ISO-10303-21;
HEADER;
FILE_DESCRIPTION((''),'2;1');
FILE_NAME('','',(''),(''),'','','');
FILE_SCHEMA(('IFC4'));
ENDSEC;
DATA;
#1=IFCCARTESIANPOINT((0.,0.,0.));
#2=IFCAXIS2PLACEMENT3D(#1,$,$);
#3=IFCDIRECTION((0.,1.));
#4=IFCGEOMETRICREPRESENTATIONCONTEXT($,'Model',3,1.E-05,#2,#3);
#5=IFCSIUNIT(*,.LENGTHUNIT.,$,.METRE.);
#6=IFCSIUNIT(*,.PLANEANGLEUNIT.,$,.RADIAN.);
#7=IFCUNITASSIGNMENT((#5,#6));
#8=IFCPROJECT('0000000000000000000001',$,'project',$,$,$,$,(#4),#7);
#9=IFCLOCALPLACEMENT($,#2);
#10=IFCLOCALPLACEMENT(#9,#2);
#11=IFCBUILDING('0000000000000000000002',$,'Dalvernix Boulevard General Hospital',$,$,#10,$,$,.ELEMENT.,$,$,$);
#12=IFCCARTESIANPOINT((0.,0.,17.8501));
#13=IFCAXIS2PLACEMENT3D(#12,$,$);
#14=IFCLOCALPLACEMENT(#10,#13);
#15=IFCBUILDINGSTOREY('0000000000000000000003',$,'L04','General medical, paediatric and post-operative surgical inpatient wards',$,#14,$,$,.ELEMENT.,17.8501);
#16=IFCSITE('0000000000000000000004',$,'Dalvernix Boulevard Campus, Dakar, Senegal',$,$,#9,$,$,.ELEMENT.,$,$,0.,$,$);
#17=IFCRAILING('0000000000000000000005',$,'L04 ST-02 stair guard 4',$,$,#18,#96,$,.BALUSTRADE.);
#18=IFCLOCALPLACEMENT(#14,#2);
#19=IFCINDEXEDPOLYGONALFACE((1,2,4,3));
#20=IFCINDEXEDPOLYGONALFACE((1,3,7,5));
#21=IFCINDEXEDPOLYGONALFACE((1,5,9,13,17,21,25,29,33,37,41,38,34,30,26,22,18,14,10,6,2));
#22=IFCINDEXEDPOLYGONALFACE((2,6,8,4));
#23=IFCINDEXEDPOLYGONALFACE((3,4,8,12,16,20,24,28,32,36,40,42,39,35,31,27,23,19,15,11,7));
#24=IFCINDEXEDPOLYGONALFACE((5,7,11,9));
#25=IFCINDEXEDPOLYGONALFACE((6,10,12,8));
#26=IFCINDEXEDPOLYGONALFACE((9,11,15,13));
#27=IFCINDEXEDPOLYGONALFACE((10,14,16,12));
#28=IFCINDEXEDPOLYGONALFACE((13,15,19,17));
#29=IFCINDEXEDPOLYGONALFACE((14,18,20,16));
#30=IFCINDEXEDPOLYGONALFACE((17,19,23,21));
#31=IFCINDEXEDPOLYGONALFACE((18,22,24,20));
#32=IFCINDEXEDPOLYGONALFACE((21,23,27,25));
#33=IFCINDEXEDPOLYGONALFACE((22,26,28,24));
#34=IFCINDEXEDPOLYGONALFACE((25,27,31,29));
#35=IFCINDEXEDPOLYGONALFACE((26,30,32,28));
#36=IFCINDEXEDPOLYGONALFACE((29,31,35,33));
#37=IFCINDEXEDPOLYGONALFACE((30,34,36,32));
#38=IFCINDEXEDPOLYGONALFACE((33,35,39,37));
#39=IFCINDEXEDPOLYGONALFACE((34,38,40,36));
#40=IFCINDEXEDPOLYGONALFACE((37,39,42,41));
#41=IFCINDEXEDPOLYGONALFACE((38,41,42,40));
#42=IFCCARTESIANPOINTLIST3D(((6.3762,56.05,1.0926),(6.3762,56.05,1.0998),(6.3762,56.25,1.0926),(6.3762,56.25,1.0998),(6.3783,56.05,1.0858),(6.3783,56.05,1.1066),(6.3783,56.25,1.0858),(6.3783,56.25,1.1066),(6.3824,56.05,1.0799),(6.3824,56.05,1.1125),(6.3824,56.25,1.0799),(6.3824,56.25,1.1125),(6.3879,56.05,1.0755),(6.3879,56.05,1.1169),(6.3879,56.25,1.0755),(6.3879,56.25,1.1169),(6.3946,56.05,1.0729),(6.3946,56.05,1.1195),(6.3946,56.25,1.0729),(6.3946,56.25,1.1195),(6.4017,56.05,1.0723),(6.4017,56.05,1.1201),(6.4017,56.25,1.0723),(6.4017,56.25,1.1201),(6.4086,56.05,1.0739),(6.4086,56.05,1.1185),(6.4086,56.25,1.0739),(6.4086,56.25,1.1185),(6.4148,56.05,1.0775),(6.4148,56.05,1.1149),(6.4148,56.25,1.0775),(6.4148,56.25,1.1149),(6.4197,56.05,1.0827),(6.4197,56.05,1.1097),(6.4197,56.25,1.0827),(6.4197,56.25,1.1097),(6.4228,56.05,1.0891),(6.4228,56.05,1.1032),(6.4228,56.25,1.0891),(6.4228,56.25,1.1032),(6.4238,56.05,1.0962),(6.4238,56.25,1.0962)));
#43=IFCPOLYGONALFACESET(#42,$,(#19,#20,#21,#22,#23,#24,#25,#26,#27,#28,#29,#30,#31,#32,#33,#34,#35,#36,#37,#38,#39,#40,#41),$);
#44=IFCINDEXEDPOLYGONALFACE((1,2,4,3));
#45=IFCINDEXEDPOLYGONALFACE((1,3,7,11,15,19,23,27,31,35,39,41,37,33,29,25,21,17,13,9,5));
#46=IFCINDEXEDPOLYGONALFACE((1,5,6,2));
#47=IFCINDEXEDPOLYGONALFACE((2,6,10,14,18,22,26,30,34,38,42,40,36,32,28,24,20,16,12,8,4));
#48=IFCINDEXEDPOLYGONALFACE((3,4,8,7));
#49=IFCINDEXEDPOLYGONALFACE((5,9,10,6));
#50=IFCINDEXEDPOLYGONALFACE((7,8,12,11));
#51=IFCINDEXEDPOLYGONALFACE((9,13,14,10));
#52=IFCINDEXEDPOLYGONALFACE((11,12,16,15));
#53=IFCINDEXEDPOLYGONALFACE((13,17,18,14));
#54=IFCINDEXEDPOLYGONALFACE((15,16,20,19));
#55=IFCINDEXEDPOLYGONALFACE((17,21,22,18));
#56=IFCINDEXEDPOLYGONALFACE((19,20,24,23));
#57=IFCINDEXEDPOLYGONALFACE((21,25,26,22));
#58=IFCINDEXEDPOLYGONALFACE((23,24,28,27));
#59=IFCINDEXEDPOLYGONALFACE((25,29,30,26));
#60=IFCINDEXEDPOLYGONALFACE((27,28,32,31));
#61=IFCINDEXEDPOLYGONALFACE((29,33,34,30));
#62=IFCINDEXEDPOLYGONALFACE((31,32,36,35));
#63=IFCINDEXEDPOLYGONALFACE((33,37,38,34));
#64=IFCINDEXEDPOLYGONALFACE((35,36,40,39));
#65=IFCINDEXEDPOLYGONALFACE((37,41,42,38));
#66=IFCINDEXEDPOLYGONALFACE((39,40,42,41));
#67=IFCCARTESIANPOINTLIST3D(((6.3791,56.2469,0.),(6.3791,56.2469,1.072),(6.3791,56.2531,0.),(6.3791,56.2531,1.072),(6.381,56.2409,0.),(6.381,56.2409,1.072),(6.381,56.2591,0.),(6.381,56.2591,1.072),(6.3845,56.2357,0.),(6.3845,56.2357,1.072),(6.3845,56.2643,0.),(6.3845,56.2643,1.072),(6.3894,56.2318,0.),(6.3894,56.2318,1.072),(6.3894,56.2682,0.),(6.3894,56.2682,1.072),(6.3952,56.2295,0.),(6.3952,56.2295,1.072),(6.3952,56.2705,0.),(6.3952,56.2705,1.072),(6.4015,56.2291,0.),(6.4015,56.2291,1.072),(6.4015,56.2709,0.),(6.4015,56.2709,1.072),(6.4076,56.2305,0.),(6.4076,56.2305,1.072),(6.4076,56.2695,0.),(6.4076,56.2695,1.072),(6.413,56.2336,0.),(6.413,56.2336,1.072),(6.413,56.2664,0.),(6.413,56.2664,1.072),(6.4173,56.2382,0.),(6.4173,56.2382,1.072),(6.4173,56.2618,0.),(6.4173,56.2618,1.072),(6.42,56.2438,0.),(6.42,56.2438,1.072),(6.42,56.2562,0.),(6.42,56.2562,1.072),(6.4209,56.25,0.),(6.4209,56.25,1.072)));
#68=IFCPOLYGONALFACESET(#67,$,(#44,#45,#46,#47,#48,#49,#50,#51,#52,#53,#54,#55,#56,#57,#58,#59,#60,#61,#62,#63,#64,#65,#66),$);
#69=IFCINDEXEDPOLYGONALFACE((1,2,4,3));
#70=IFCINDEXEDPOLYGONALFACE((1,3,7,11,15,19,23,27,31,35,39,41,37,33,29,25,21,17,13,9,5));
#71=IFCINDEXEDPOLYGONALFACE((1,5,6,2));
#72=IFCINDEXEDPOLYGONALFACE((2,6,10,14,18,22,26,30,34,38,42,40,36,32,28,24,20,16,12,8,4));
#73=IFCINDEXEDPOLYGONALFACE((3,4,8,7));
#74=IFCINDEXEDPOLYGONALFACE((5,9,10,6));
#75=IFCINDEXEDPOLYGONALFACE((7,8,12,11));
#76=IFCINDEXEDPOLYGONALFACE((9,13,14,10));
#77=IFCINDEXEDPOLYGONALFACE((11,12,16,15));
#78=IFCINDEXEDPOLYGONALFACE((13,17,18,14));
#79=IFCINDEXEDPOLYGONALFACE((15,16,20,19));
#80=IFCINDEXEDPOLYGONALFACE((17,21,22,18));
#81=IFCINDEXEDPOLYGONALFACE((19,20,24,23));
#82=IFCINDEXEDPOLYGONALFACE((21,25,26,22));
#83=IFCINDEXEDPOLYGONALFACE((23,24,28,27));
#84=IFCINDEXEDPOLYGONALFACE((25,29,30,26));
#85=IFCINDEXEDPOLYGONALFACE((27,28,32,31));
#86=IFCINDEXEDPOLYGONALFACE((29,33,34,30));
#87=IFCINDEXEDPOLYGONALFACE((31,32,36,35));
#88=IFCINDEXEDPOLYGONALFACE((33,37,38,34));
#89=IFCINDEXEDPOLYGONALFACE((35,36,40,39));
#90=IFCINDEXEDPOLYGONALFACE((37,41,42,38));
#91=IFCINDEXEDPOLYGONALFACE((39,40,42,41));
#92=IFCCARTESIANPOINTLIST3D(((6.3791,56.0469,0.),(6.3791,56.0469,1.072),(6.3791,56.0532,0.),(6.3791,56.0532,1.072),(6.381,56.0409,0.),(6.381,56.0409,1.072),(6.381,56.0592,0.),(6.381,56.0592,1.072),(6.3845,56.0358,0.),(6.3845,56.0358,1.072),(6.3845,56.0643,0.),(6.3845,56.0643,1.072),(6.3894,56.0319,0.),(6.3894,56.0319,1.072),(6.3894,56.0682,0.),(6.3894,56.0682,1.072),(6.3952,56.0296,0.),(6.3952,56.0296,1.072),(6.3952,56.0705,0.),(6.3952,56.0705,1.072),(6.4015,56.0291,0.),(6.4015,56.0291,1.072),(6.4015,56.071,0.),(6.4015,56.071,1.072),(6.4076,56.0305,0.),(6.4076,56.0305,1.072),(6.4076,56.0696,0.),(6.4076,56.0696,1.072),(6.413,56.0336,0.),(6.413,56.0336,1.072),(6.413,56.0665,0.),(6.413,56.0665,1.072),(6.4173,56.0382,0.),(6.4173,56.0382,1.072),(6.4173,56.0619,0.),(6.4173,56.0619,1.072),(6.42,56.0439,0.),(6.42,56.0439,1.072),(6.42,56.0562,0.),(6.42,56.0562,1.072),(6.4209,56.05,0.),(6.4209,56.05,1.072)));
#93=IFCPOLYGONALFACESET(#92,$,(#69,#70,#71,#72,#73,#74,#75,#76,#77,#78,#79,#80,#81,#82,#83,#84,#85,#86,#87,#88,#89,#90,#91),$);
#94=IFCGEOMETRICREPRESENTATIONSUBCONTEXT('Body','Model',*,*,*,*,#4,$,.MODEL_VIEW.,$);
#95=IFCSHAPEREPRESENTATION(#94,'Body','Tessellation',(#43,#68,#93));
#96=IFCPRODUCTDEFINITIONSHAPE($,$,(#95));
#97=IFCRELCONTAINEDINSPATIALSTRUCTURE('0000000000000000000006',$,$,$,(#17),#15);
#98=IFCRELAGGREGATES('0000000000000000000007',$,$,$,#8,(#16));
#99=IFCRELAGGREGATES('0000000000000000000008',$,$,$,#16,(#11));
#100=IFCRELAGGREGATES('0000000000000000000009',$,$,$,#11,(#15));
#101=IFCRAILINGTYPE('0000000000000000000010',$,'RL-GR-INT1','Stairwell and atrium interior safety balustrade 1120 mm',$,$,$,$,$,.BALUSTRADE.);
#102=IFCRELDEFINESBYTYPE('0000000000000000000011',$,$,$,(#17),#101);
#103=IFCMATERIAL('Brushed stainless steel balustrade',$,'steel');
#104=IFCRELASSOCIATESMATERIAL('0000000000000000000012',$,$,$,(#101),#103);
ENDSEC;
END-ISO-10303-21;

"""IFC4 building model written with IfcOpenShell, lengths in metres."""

from ifc_helpers import new_model, si_unit, direction, frame, origin, origin_2d, place, context, subcontext, project, spatial, circle, extrude, material, type_object, element, save


model = new_model("IFC4")

# Units and contexts
model_context = context("Model", 3, precision=1e-05, world=origin(), true_north=direction((0.0, 1.0)))
body_context = subcontext(model_context, "Body", "Model", "MODEL_VIEW")
ifc_project = project(units=[si_unit("LENGTHUNIT", "METRE"), si_unit("PLANEANGLEUNIT", "RADIAN")], contexts=[model_context])

# Site, building, storey
site_placement = place(None, origin())
site = spatial("IfcSite", under=ifc_project, at=site_placement, Name="Dalvernix Boulevard Campus, Dakar, Senegal", CompositionType="ELEMENT", RefElevation=0.0)
building_placement = place(site_placement, origin())
building = spatial("IfcBuilding", under=site, at=building_placement, Name="Dalvernix Boulevard General Hospital", CompositionType="ELEMENT")
storey_placement = place(building_placement, frame((0.0, 0.0, 17.8501)))
storey = spatial("IfcBuildingStorey", under=building, at=storey_placement, Name="L04", Description="General medical, paediatric and post-operative surgical inpatient wards", CompositionType="ELEMENT", Elevation=17.8501)

# Railing
ifc_material_1 = material(Name="Brushed stainless steel balustrade", Category="steel")
railing_type_1 = type_object("IfcRailingType", Name="RL-GR-INT1", Description="Stairwell and atrium interior safety balustrade 1120 mm", PredefinedType="BALUSTRADE", material=ifc_material_1)
railing_1_placement = place(storey_placement, frame((6.3999, 56.25, 0.0)))
element("IfcRailing", 1, at=railing_1_placement, inside=storey, type_object=railing_type_1, Name="L04 ST-02 stair guard 4", PredefinedType="BALUSTRADE", context=body_context, shape_type="SweptSolid", body=[
    extrude(circle(Radius=0.0239, at=origin_2d()), frame((0.0, 0.0, 1.0962), z_axis=(0.0, -1.0, 0.0), x_axis=(1.0, 0.0, 0.0)), (0.0, 0.0, 1.0), 0.2),
    extrude(circle(Radius=0.021, at=origin_2d()), origin(), (0.0, 0.0, 1.0), 1.072),
    extrude(circle(Radius=0.021, at=origin_2d()), frame((0.0, -0.2, 0.0)), (0.0, 0.0, 1.0), 1.072),
])

save(model, "model.ifc")
